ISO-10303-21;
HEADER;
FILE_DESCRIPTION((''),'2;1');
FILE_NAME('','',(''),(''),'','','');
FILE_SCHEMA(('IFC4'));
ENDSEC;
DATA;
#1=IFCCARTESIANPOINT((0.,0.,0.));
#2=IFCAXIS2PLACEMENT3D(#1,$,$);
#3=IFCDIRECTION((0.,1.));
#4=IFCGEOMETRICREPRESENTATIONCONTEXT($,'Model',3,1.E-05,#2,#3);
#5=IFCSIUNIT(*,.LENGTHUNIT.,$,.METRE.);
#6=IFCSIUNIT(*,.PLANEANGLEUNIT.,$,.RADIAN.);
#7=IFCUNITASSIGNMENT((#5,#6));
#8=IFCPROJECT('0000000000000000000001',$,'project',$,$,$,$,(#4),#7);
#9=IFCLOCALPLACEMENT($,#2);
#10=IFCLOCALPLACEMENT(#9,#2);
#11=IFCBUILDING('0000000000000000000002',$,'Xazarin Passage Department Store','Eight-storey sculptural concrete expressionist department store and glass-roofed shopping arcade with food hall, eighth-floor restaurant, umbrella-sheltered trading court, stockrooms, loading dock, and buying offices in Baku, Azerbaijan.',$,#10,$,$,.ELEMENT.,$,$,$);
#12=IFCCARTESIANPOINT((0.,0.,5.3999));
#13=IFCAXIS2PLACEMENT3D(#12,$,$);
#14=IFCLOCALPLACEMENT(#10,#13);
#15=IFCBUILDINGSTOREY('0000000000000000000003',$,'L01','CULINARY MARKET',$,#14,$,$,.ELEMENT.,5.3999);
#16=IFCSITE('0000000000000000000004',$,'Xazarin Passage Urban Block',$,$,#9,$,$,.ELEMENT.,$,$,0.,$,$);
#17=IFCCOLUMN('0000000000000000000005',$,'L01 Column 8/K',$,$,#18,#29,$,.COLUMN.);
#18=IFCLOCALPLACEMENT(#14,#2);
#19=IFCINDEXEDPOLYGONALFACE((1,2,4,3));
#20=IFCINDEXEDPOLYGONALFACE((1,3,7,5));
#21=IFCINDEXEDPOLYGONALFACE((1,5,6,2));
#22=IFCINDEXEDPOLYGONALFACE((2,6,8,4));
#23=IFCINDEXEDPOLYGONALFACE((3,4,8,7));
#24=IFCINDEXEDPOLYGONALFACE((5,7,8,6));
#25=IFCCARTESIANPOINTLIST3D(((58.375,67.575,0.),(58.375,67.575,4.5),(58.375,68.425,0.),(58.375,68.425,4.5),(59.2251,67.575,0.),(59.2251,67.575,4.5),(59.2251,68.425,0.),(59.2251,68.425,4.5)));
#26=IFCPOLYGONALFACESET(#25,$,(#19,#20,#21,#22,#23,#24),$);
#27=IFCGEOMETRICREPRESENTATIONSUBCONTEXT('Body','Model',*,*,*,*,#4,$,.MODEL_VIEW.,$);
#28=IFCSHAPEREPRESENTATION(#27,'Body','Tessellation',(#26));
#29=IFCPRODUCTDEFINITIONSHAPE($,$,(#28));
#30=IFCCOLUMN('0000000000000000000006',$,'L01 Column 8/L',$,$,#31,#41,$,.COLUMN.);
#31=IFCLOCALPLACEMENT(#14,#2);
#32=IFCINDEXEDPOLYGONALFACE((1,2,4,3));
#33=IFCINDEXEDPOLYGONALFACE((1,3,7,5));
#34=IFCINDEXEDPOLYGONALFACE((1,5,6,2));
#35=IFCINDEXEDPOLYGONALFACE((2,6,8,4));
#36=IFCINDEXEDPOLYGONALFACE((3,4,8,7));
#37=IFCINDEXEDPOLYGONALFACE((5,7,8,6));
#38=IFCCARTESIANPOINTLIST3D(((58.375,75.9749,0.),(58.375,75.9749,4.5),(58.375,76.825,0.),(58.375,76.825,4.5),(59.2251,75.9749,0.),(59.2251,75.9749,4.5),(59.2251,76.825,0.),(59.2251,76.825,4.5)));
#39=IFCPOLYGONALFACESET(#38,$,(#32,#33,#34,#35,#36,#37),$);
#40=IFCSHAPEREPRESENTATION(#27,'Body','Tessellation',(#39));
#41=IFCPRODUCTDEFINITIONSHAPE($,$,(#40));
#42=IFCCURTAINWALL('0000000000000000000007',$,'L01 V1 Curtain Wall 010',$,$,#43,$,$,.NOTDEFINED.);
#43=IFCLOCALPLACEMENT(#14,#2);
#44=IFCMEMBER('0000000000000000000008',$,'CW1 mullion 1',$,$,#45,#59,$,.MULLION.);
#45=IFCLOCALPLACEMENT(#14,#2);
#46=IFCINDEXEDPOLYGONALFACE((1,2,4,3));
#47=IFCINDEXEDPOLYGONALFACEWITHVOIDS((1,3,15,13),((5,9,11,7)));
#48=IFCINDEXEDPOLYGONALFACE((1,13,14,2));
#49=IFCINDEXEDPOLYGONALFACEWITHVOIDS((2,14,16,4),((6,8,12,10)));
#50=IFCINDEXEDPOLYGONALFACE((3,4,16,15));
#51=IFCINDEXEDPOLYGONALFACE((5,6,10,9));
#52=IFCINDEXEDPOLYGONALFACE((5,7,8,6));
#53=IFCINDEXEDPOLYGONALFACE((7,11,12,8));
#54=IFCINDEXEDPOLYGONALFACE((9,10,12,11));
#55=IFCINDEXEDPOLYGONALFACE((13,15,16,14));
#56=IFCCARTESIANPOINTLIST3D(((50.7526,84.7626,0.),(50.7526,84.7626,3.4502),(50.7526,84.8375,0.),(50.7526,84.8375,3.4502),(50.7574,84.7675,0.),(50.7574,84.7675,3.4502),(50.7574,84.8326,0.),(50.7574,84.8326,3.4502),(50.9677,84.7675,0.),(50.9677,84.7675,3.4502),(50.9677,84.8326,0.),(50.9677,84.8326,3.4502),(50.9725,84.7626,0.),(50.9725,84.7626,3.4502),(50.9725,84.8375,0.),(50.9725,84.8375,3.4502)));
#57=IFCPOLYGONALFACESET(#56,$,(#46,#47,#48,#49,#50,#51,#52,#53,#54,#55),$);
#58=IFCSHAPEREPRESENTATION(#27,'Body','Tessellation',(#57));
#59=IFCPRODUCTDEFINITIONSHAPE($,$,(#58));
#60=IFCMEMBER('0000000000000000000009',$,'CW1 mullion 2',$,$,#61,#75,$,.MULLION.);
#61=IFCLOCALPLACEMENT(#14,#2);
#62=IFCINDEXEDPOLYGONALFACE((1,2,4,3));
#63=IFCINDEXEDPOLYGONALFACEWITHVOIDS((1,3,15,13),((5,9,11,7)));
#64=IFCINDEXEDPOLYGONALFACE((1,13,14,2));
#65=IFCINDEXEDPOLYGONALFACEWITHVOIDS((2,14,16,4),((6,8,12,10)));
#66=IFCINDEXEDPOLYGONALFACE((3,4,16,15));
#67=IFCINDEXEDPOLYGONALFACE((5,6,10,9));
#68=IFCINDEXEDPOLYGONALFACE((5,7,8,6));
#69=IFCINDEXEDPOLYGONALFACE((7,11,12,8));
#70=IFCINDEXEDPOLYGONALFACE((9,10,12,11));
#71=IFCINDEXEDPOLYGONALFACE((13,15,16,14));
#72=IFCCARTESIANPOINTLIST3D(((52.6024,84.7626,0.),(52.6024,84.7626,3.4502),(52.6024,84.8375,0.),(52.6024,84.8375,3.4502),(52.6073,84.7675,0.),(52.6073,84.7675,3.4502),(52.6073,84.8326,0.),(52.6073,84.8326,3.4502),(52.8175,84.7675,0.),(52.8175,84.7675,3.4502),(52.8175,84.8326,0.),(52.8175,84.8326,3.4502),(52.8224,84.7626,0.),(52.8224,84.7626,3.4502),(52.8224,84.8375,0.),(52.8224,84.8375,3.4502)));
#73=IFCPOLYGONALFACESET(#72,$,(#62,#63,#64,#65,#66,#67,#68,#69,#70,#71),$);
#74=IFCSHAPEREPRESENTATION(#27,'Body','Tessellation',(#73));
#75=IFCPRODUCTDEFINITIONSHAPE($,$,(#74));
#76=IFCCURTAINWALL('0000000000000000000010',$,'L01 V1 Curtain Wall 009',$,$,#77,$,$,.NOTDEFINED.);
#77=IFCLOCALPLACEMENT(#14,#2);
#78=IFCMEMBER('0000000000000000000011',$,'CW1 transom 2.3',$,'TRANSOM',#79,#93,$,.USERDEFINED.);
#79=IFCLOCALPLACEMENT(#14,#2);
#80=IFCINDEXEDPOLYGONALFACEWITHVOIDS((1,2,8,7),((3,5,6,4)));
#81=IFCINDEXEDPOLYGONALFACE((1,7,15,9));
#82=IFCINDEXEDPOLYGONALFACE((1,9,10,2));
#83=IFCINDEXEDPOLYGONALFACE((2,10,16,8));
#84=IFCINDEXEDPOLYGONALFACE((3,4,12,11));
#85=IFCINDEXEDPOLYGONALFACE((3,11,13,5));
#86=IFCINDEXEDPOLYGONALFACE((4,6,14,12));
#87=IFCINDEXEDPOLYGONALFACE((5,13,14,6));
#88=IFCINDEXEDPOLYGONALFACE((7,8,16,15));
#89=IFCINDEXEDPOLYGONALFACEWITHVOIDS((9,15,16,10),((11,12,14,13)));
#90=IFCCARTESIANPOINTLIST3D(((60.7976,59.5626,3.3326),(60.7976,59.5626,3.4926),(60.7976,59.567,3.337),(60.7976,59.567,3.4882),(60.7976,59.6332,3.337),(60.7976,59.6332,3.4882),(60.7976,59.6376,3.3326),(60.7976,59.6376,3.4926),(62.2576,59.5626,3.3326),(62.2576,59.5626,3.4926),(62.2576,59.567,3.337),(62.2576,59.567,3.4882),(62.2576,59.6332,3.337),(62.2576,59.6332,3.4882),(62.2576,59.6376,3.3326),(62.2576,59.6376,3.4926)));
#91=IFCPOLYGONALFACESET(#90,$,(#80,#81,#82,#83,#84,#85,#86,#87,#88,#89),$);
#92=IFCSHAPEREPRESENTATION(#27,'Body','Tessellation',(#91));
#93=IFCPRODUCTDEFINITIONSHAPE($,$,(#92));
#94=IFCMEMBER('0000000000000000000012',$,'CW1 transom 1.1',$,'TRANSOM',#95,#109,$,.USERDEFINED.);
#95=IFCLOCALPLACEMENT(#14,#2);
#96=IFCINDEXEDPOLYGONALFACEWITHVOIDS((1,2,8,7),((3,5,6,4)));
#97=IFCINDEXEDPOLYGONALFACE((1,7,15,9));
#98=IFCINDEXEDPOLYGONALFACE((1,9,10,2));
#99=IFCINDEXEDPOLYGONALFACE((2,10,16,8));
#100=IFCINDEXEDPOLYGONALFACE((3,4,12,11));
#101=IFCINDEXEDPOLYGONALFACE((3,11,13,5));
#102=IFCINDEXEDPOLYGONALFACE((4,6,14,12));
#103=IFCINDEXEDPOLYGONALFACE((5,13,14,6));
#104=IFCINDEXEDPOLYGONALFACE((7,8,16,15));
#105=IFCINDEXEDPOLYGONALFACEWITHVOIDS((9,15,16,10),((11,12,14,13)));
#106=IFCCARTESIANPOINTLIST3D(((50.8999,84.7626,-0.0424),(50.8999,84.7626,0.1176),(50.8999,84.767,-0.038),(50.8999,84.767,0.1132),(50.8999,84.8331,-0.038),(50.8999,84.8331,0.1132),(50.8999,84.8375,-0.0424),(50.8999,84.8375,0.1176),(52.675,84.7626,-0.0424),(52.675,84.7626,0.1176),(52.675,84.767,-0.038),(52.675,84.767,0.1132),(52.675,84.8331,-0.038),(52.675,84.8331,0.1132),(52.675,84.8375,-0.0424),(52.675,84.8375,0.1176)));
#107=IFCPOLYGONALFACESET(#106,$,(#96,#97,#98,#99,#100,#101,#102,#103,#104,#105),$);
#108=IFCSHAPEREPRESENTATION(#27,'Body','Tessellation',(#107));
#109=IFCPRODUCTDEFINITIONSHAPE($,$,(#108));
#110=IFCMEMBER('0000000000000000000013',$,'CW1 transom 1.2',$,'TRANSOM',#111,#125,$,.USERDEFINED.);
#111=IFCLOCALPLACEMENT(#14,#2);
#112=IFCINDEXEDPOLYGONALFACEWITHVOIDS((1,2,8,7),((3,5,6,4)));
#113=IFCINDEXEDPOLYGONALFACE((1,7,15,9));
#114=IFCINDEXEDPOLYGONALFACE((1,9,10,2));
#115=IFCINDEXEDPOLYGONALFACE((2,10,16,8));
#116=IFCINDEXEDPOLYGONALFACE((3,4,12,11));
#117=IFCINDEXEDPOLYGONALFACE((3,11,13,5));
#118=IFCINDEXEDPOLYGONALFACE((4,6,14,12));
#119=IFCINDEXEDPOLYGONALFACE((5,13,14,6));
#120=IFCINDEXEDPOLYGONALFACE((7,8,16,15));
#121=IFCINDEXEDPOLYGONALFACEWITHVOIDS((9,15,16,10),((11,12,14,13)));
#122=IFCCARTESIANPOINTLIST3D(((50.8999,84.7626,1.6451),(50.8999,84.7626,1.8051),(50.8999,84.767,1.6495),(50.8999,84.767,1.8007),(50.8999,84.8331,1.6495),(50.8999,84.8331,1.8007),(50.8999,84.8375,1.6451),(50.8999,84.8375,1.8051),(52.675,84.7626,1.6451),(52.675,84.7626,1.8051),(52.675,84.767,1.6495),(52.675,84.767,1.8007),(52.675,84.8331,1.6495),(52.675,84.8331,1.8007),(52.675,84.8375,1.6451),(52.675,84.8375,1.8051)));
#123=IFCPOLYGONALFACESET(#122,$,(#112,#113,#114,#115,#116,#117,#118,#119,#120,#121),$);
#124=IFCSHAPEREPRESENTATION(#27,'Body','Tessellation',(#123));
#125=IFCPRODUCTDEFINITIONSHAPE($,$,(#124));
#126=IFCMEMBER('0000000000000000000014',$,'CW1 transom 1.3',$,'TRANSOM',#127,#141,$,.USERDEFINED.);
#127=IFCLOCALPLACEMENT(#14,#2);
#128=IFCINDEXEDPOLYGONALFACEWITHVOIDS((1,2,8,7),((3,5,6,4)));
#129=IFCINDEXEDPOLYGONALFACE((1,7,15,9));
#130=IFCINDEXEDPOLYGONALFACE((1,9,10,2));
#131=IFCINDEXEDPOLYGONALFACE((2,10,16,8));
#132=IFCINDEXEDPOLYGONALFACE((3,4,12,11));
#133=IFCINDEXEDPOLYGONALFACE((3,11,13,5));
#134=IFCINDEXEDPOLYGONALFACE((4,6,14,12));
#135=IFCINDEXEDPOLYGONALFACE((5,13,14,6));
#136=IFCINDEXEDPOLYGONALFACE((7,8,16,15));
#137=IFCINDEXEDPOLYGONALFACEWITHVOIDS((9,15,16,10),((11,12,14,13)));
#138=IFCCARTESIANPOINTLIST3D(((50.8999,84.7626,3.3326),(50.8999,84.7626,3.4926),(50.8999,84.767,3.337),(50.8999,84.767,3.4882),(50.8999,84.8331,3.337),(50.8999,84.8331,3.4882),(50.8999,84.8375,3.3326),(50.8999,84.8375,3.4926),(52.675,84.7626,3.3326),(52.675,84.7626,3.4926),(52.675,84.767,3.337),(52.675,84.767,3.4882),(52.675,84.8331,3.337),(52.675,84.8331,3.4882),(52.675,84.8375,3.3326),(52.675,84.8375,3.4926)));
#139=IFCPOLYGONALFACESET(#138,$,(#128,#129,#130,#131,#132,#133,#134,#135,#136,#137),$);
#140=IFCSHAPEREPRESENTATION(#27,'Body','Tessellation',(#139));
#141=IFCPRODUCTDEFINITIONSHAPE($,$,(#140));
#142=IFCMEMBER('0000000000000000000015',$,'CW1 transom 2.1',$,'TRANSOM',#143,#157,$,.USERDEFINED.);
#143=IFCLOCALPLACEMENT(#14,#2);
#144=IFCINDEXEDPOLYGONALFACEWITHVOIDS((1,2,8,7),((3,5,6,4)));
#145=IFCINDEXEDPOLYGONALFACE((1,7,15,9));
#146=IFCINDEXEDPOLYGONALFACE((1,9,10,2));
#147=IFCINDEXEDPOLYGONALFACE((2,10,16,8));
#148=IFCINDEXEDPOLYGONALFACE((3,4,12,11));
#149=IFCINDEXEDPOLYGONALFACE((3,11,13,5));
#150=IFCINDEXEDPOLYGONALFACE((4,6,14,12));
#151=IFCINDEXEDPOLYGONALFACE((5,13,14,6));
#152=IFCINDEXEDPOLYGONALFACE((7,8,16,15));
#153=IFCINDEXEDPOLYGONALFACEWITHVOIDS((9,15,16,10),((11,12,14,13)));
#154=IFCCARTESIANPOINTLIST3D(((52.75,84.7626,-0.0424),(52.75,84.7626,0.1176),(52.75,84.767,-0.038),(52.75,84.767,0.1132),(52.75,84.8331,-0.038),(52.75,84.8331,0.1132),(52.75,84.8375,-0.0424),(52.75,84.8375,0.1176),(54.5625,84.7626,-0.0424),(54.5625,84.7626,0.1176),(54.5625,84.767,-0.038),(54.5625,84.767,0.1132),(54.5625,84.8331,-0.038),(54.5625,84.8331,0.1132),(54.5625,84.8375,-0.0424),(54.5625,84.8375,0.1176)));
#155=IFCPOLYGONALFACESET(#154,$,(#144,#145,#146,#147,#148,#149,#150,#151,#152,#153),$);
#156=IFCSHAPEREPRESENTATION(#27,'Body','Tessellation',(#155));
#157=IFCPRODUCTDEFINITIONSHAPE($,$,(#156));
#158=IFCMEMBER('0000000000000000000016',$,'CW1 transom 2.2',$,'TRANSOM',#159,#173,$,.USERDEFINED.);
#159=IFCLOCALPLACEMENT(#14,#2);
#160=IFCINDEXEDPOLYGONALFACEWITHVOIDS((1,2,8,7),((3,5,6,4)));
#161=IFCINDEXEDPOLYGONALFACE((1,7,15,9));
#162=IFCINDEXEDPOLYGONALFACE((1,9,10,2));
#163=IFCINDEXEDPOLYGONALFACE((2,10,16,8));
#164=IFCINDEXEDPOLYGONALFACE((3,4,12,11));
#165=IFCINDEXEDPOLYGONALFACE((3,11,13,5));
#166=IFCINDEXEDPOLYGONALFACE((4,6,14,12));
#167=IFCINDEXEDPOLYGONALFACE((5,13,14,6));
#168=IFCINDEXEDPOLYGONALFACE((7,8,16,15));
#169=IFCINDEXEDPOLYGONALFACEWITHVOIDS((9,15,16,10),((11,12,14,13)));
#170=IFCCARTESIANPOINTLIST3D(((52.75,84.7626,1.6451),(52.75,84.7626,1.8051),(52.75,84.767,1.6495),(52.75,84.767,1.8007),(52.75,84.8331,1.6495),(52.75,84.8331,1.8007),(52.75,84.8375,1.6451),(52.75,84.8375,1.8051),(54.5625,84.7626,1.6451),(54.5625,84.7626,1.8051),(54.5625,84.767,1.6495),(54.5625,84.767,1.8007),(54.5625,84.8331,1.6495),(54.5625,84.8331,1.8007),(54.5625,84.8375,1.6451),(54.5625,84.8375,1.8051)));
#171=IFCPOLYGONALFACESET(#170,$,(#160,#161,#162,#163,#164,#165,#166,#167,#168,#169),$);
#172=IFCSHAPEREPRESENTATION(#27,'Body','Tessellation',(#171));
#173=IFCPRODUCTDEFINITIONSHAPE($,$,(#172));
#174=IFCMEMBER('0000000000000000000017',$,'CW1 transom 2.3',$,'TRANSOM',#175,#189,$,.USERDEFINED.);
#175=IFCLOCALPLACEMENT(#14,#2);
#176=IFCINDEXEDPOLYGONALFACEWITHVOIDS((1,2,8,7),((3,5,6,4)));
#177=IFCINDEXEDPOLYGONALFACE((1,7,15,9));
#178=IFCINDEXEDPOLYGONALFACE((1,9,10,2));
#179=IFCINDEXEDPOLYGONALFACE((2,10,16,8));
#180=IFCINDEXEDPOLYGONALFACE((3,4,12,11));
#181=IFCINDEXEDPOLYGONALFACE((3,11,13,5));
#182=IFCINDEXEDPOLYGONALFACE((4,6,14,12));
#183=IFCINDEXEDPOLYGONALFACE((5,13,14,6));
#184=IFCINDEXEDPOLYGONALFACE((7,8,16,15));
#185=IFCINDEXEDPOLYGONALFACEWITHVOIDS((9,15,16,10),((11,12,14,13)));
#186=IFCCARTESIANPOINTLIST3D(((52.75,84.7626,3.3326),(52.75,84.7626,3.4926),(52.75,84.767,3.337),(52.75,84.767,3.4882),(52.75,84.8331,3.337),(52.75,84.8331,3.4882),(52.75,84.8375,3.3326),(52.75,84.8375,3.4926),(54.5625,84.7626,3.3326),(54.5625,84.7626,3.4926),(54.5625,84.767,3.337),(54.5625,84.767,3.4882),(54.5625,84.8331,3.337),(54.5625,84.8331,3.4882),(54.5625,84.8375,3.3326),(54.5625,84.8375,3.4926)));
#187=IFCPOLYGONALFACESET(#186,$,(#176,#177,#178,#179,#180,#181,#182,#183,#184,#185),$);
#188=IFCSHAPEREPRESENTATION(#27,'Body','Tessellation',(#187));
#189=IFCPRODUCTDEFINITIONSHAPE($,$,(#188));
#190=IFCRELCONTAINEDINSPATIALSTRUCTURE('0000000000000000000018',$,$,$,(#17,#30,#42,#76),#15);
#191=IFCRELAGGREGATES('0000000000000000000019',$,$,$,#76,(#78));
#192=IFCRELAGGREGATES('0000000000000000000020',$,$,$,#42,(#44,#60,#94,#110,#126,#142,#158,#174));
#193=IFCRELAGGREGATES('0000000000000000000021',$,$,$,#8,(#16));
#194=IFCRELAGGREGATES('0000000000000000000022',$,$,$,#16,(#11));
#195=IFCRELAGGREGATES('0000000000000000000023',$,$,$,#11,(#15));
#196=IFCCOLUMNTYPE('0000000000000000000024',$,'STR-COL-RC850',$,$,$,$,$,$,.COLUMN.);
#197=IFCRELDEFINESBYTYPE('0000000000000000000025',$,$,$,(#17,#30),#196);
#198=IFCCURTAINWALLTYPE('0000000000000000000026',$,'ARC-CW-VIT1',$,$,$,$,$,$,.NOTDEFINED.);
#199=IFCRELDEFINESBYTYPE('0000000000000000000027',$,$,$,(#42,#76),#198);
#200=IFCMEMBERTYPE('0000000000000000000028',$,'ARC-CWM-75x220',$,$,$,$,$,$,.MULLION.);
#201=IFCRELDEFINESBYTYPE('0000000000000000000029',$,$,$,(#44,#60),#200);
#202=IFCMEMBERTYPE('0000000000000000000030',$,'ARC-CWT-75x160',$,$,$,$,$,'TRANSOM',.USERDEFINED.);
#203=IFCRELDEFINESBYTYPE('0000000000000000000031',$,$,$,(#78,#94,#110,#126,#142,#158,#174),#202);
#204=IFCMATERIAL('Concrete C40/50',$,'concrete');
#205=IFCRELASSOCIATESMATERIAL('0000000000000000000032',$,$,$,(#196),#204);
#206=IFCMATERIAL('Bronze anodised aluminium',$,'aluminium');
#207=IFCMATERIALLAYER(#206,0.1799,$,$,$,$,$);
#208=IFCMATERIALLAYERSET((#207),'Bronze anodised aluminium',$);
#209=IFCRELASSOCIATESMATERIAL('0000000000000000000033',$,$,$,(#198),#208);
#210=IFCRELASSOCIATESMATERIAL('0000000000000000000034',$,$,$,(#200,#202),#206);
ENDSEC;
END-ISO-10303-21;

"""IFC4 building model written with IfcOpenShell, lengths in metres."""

from ifc_helpers import new_model, si_unit, direction, frame, origin, origin_2d, place, context, subcontext, project, spatial, rectangle, hollow_rectangle, extrude, material, layer, layer_set, material_profile, profile_set, type_object, element, aggregate, save


model = new_model("IFC4")

# Units and contexts
model_context = context("Model", 3, precision=1e-05, world=origin(), true_north=direction((0.0, 1.0)))
body_context = subcontext(model_context, "Body", "Model", "MODEL_VIEW")
ifc_project = project(units=[si_unit("LENGTHUNIT", "METRE"), si_unit("PLANEANGLEUNIT", "RADIAN")], contexts=[model_context])

# Site, building, storey
site_placement = place(None, origin())
site = spatial("IfcSite", under=ifc_project, at=site_placement, Name="Xazarin Passage Urban Block", CompositionType="ELEMENT", RefElevation=0.0)
building_placement = place(site_placement, origin())
building = spatial("IfcBuilding", under=site, at=building_placement, Name="Xazarin Passage Department Store", Description="Eight-storey sculptural concrete expressionist department store and glass-roofed shopping arcade with food hall, eighth-floor restaurant, umbrella-sheltered trading court, stockrooms, loading dock, and buying offices in Baku, Azerbaijan.", CompositionType="ELEMENT")
storey_placement = place(building_placement, frame((0.0, 0.0, 5.3999)))
storey = spatial("IfcBuildingStorey", under=building, at=storey_placement, Name="L01", Description="CULINARY MARKET", CompositionType="ELEMENT", Elevation=5.3999)

# Columns
ifc_material_1 = material(Name="Concrete C40/50", Category="concrete")
ifc_material_profile_1 = material_profile(ifc_material_1, rectangle(XDim=0.8501, YDim=0.8501, at=origin_2d()), Name="RC 850x850")
ifc_profile_set_1 = profile_set([ifc_material_profile_1], Name="Concrete C40/50")
column_type = type_object("IfcColumnType", Name="STR-COL-RC850", PredefinedType="COLUMN", material=ifc_profile_set_1)
for number, where, z_axis, x_axis, name in (
    (1, (58.8, 68.0, 0.0), (0.0, 0.0, 1.0), (1.0, 0.0, 0.0), "L01 Column 8/K"),
    (2, (58.8, 76.3999, 0.0), (0.0, 0.0, 1.0), (1.0, 0.0, 0.0), "L01 Column 8/L"),
):
    element("IfcColumn", number, at=place(storey_placement, frame(where, z_axis=z_axis, x_axis=x_axis)), inside=storey, type_object=column_type, Name=name, PredefinedType="COLUMN", context=body_context, shape_type="SweptSolid", body=[
        extrude(rectangle(XDim=0.8501, YDim=0.8501, at=origin_2d()), origin(), (0.0, 0.0, 1.0), 4.5),
    ])

# Curtain wall, members
ifc_material_2 = material(Name="Bronze anodised aluminium", Category="aluminium")
ifc_layer_1 = layer(ifc_material_2, 0.1799)
ifc_layer_set_1 = layer_set([ifc_layer_1], Name="Bronze anodised aluminium")
curtain_wall_type = type_object("IfcCurtainWallType", Name="ARC-CW-VIT1", PredefinedType="NOTDEFINED", material=ifc_layer_set_1)
curtain_wall_1_placement = place(storey_placement, origin())
curtain_wall_1 = element("IfcCurtainWall", 3, at=curtain_wall_1_placement, inside=storey, type_object=curtain_wall_type, Name="L01 V1 Curtain Wall 010", PredefinedType="NOTDEFINED")
ifc_material_profile_2 = material_profile(ifc_material_2, hollow_rectangle(XDim=0.075, YDim=0.22, WallThickness=0.0049, at=origin_2d()), Name="ALU 75x220")
ifc_profile_set_2 = profile_set([ifc_material_profile_2], Name="Bronze anodised aluminium")
member_type_1 = type_object("IfcMemberType", Name="ARC-CWM-75x220", PredefinedType="MULLION", material=ifc_profile_set_2)
member_1_placement = place(storey_placement, frame((50.8625, 84.8, 0.0), z_axis=(0.0, 0.0, 1.0), x_axis=(0.0, 1.0, 0.0)))
member_1 = element("IfcMember", 4, at=member_1_placement, type_object=member_type_1, Name="CW1 mullion 1", PredefinedType="MULLION", context=body_context, shape_type="SweptSolid", body=[
    extrude(hollow_rectangle(XDim=0.075, YDim=0.22, WallThickness=0.0049, at=origin_2d()), origin(), (0.0, 0.0, 1.0), 3.4502),
])
member_2_placement = place(storey_placement, frame((52.7124, 84.8, 0.0), z_axis=(0.0, 0.0, 1.0), x_axis=(0.0, 1.0, 0.0)))
member_2 = element("IfcMember", 5, at=member_2_placement, type_object=member_type_1, Name="CW1 mullion 2", PredefinedType="MULLION", context=body_context, shape_type="SweptSolid", body=[
    extrude(hollow_rectangle(XDim=0.075, YDim=0.22, WallThickness=0.0049, at=origin_2d()), origin(), (0.0, 0.0, 1.0), 3.4502),
])

# Curtain wall, member
curtain_wall_2_placement = place(storey_placement, origin())
curtain_wall_2 = element("IfcCurtainWall", 6, at=curtain_wall_2_placement, inside=storey, type_object=curtain_wall_type, Name="L01 V1 Curtain Wall 009", PredefinedType="NOTDEFINED")
ifc_material_profile_3 = material_profile(ifc_material_2, hollow_rectangle(XDim=0.075, YDim=0.1599, WallThickness=0.0044, at=origin_2d()), Name="ALU 75x160")
ifc_profile_set_3 = profile_set([ifc_material_profile_3], Name="Bronze anodised aluminium")
member_type_2 = type_object("IfcMemberType", Name="ARC-CWT-75x160", ElementType="TRANSOM", PredefinedType="USERDEFINED", material=ifc_profile_set_3)
member_3_placement = place(storey_placement, frame((60.7976, 59.6001, 3.4126), z_axis=(1.0, 0.0, 0.0), x_axis=(0.0, 1.0, 0.0)))
member_3 = element("IfcMember", 7, at=member_3_placement, type_object=member_type_2, Name="CW1 transom 2.3", ObjectType="TRANSOM", PredefinedType="USERDEFINED", context=body_context, shape_type="SweptSolid", body=[
    extrude(hollow_rectangle(XDim=0.075, YDim=0.1599, WallThickness=0.0044, at=origin_2d()), origin(), (0.0, 0.0, 1.0), 1.46),
])
aggregate(curtain_wall_2, [member_3])

# Members
member_4_placement = place(storey_placement, frame((50.8999, 84.8, 0.0376), z_axis=(1.0, 0.0, 0.0), x_axis=(0.0, 1.0, 0.0)))
member_4 = element("IfcMember", 8, at=member_4_placement, type_object=member_type_2, Name="CW1 transom 1.1", ObjectType="TRANSOM", PredefinedType="USERDEFINED", context=body_context, shape_type="SweptSolid", body=[
    extrude(hollow_rectangle(XDim=0.075, YDim=0.1599, WallThickness=0.0044, at=origin_2d()), origin(), (0.0, 0.0, 1.0), 1.7751),
])
member_5_placement = place(storey_placement, frame((50.8999, 84.8, 1.7251), z_axis=(1.0, 0.0, 0.0), x_axis=(0.0, 1.0, 0.0)))
member_5 = element("IfcMember", 9, at=member_5_placement, type_object=member_type_2, Name="CW1 transom 1.2", ObjectType="TRANSOM", PredefinedType="USERDEFINED", context=body_context, shape_type="SweptSolid", body=[
    extrude(hollow_rectangle(XDim=0.075, YDim=0.1599, WallThickness=0.0044, at=origin_2d()), origin(), (0.0, 0.0, 1.0), 1.7751),
])
member_6_placement = place(storey_placement, frame((50.8999, 84.8, 3.4126), z_axis=(1.0, 0.0, 0.0), x_axis=(0.0, 1.0, 0.0)))
member_6 = element("IfcMember", 10, at=member_6_placement, type_object=member_type_2, Name="CW1 transom 1.3", ObjectType="TRANSOM", PredefinedType="USERDEFINED", context=body_context, shape_type="SweptSolid", body=[
    extrude(hollow_rectangle(XDim=0.075, YDim=0.1599, WallThickness=0.0044, at=origin_2d()), origin(), (0.0, 0.0, 1.0), 1.7751),
])
member_7_placement = place(storey_placement, frame((52.75, 84.8, 0.0376), z_axis=(1.0, 0.0, 0.0), x_axis=(0.0, 1.0, 0.0)))
member_7 = element("IfcMember", 11, at=member_7_placement, type_object=member_type_2, Name="CW1 transom 2.1", ObjectType="TRANSOM", PredefinedType="USERDEFINED", context=body_context, shape_type="SweptSolid", body=[
    extrude(hollow_rectangle(XDim=0.075, YDim=0.1599, WallThickness=0.0044, at=origin_2d()), origin(), (0.0, 0.0, 1.0), 1.8125),
])
member_8_placement = place(storey_placement, frame((52.75, 84.8, 1.7251), z_axis=(1.0, 0.0, 0.0), x_axis=(0.0, 1.0, 0.0)))
member_8 = element("IfcMember", 12, at=member_8_placement, type_object=member_type_2, Name="CW1 transom 2.2", ObjectType="TRANSOM", PredefinedType="USERDEFINED", context=body_context, shape_type="SweptSolid", body=[
    extrude(hollow_rectangle(XDim=0.075, YDim=0.1599, WallThickness=0.0044, at=origin_2d()), origin(), (0.0, 0.0, 1.0), 1.8125),
])
member_9_placement = place(storey_placement, frame((52.75, 84.8, 3.4126), z_axis=(1.0, 0.0, 0.0), x_axis=(0.0, 1.0, 0.0)))
member_9 = element("IfcMember", 13, at=member_9_placement, type_object=member_type_2, Name="CW1 transom 2.3", ObjectType="TRANSOM", PredefinedType="USERDEFINED", context=body_context, shape_type="SweptSolid", body=[
    extrude(hollow_rectangle(XDim=0.075, YDim=0.1599, WallThickness=0.0044, at=origin_2d()), origin(), (0.0, 0.0, 1.0), 1.8125),
])

aggregate(curtain_wall_1, [member_1, member_2, member_4, member_5, member_6, member_7, member_8, member_9])

save(model, "model.ifc")
